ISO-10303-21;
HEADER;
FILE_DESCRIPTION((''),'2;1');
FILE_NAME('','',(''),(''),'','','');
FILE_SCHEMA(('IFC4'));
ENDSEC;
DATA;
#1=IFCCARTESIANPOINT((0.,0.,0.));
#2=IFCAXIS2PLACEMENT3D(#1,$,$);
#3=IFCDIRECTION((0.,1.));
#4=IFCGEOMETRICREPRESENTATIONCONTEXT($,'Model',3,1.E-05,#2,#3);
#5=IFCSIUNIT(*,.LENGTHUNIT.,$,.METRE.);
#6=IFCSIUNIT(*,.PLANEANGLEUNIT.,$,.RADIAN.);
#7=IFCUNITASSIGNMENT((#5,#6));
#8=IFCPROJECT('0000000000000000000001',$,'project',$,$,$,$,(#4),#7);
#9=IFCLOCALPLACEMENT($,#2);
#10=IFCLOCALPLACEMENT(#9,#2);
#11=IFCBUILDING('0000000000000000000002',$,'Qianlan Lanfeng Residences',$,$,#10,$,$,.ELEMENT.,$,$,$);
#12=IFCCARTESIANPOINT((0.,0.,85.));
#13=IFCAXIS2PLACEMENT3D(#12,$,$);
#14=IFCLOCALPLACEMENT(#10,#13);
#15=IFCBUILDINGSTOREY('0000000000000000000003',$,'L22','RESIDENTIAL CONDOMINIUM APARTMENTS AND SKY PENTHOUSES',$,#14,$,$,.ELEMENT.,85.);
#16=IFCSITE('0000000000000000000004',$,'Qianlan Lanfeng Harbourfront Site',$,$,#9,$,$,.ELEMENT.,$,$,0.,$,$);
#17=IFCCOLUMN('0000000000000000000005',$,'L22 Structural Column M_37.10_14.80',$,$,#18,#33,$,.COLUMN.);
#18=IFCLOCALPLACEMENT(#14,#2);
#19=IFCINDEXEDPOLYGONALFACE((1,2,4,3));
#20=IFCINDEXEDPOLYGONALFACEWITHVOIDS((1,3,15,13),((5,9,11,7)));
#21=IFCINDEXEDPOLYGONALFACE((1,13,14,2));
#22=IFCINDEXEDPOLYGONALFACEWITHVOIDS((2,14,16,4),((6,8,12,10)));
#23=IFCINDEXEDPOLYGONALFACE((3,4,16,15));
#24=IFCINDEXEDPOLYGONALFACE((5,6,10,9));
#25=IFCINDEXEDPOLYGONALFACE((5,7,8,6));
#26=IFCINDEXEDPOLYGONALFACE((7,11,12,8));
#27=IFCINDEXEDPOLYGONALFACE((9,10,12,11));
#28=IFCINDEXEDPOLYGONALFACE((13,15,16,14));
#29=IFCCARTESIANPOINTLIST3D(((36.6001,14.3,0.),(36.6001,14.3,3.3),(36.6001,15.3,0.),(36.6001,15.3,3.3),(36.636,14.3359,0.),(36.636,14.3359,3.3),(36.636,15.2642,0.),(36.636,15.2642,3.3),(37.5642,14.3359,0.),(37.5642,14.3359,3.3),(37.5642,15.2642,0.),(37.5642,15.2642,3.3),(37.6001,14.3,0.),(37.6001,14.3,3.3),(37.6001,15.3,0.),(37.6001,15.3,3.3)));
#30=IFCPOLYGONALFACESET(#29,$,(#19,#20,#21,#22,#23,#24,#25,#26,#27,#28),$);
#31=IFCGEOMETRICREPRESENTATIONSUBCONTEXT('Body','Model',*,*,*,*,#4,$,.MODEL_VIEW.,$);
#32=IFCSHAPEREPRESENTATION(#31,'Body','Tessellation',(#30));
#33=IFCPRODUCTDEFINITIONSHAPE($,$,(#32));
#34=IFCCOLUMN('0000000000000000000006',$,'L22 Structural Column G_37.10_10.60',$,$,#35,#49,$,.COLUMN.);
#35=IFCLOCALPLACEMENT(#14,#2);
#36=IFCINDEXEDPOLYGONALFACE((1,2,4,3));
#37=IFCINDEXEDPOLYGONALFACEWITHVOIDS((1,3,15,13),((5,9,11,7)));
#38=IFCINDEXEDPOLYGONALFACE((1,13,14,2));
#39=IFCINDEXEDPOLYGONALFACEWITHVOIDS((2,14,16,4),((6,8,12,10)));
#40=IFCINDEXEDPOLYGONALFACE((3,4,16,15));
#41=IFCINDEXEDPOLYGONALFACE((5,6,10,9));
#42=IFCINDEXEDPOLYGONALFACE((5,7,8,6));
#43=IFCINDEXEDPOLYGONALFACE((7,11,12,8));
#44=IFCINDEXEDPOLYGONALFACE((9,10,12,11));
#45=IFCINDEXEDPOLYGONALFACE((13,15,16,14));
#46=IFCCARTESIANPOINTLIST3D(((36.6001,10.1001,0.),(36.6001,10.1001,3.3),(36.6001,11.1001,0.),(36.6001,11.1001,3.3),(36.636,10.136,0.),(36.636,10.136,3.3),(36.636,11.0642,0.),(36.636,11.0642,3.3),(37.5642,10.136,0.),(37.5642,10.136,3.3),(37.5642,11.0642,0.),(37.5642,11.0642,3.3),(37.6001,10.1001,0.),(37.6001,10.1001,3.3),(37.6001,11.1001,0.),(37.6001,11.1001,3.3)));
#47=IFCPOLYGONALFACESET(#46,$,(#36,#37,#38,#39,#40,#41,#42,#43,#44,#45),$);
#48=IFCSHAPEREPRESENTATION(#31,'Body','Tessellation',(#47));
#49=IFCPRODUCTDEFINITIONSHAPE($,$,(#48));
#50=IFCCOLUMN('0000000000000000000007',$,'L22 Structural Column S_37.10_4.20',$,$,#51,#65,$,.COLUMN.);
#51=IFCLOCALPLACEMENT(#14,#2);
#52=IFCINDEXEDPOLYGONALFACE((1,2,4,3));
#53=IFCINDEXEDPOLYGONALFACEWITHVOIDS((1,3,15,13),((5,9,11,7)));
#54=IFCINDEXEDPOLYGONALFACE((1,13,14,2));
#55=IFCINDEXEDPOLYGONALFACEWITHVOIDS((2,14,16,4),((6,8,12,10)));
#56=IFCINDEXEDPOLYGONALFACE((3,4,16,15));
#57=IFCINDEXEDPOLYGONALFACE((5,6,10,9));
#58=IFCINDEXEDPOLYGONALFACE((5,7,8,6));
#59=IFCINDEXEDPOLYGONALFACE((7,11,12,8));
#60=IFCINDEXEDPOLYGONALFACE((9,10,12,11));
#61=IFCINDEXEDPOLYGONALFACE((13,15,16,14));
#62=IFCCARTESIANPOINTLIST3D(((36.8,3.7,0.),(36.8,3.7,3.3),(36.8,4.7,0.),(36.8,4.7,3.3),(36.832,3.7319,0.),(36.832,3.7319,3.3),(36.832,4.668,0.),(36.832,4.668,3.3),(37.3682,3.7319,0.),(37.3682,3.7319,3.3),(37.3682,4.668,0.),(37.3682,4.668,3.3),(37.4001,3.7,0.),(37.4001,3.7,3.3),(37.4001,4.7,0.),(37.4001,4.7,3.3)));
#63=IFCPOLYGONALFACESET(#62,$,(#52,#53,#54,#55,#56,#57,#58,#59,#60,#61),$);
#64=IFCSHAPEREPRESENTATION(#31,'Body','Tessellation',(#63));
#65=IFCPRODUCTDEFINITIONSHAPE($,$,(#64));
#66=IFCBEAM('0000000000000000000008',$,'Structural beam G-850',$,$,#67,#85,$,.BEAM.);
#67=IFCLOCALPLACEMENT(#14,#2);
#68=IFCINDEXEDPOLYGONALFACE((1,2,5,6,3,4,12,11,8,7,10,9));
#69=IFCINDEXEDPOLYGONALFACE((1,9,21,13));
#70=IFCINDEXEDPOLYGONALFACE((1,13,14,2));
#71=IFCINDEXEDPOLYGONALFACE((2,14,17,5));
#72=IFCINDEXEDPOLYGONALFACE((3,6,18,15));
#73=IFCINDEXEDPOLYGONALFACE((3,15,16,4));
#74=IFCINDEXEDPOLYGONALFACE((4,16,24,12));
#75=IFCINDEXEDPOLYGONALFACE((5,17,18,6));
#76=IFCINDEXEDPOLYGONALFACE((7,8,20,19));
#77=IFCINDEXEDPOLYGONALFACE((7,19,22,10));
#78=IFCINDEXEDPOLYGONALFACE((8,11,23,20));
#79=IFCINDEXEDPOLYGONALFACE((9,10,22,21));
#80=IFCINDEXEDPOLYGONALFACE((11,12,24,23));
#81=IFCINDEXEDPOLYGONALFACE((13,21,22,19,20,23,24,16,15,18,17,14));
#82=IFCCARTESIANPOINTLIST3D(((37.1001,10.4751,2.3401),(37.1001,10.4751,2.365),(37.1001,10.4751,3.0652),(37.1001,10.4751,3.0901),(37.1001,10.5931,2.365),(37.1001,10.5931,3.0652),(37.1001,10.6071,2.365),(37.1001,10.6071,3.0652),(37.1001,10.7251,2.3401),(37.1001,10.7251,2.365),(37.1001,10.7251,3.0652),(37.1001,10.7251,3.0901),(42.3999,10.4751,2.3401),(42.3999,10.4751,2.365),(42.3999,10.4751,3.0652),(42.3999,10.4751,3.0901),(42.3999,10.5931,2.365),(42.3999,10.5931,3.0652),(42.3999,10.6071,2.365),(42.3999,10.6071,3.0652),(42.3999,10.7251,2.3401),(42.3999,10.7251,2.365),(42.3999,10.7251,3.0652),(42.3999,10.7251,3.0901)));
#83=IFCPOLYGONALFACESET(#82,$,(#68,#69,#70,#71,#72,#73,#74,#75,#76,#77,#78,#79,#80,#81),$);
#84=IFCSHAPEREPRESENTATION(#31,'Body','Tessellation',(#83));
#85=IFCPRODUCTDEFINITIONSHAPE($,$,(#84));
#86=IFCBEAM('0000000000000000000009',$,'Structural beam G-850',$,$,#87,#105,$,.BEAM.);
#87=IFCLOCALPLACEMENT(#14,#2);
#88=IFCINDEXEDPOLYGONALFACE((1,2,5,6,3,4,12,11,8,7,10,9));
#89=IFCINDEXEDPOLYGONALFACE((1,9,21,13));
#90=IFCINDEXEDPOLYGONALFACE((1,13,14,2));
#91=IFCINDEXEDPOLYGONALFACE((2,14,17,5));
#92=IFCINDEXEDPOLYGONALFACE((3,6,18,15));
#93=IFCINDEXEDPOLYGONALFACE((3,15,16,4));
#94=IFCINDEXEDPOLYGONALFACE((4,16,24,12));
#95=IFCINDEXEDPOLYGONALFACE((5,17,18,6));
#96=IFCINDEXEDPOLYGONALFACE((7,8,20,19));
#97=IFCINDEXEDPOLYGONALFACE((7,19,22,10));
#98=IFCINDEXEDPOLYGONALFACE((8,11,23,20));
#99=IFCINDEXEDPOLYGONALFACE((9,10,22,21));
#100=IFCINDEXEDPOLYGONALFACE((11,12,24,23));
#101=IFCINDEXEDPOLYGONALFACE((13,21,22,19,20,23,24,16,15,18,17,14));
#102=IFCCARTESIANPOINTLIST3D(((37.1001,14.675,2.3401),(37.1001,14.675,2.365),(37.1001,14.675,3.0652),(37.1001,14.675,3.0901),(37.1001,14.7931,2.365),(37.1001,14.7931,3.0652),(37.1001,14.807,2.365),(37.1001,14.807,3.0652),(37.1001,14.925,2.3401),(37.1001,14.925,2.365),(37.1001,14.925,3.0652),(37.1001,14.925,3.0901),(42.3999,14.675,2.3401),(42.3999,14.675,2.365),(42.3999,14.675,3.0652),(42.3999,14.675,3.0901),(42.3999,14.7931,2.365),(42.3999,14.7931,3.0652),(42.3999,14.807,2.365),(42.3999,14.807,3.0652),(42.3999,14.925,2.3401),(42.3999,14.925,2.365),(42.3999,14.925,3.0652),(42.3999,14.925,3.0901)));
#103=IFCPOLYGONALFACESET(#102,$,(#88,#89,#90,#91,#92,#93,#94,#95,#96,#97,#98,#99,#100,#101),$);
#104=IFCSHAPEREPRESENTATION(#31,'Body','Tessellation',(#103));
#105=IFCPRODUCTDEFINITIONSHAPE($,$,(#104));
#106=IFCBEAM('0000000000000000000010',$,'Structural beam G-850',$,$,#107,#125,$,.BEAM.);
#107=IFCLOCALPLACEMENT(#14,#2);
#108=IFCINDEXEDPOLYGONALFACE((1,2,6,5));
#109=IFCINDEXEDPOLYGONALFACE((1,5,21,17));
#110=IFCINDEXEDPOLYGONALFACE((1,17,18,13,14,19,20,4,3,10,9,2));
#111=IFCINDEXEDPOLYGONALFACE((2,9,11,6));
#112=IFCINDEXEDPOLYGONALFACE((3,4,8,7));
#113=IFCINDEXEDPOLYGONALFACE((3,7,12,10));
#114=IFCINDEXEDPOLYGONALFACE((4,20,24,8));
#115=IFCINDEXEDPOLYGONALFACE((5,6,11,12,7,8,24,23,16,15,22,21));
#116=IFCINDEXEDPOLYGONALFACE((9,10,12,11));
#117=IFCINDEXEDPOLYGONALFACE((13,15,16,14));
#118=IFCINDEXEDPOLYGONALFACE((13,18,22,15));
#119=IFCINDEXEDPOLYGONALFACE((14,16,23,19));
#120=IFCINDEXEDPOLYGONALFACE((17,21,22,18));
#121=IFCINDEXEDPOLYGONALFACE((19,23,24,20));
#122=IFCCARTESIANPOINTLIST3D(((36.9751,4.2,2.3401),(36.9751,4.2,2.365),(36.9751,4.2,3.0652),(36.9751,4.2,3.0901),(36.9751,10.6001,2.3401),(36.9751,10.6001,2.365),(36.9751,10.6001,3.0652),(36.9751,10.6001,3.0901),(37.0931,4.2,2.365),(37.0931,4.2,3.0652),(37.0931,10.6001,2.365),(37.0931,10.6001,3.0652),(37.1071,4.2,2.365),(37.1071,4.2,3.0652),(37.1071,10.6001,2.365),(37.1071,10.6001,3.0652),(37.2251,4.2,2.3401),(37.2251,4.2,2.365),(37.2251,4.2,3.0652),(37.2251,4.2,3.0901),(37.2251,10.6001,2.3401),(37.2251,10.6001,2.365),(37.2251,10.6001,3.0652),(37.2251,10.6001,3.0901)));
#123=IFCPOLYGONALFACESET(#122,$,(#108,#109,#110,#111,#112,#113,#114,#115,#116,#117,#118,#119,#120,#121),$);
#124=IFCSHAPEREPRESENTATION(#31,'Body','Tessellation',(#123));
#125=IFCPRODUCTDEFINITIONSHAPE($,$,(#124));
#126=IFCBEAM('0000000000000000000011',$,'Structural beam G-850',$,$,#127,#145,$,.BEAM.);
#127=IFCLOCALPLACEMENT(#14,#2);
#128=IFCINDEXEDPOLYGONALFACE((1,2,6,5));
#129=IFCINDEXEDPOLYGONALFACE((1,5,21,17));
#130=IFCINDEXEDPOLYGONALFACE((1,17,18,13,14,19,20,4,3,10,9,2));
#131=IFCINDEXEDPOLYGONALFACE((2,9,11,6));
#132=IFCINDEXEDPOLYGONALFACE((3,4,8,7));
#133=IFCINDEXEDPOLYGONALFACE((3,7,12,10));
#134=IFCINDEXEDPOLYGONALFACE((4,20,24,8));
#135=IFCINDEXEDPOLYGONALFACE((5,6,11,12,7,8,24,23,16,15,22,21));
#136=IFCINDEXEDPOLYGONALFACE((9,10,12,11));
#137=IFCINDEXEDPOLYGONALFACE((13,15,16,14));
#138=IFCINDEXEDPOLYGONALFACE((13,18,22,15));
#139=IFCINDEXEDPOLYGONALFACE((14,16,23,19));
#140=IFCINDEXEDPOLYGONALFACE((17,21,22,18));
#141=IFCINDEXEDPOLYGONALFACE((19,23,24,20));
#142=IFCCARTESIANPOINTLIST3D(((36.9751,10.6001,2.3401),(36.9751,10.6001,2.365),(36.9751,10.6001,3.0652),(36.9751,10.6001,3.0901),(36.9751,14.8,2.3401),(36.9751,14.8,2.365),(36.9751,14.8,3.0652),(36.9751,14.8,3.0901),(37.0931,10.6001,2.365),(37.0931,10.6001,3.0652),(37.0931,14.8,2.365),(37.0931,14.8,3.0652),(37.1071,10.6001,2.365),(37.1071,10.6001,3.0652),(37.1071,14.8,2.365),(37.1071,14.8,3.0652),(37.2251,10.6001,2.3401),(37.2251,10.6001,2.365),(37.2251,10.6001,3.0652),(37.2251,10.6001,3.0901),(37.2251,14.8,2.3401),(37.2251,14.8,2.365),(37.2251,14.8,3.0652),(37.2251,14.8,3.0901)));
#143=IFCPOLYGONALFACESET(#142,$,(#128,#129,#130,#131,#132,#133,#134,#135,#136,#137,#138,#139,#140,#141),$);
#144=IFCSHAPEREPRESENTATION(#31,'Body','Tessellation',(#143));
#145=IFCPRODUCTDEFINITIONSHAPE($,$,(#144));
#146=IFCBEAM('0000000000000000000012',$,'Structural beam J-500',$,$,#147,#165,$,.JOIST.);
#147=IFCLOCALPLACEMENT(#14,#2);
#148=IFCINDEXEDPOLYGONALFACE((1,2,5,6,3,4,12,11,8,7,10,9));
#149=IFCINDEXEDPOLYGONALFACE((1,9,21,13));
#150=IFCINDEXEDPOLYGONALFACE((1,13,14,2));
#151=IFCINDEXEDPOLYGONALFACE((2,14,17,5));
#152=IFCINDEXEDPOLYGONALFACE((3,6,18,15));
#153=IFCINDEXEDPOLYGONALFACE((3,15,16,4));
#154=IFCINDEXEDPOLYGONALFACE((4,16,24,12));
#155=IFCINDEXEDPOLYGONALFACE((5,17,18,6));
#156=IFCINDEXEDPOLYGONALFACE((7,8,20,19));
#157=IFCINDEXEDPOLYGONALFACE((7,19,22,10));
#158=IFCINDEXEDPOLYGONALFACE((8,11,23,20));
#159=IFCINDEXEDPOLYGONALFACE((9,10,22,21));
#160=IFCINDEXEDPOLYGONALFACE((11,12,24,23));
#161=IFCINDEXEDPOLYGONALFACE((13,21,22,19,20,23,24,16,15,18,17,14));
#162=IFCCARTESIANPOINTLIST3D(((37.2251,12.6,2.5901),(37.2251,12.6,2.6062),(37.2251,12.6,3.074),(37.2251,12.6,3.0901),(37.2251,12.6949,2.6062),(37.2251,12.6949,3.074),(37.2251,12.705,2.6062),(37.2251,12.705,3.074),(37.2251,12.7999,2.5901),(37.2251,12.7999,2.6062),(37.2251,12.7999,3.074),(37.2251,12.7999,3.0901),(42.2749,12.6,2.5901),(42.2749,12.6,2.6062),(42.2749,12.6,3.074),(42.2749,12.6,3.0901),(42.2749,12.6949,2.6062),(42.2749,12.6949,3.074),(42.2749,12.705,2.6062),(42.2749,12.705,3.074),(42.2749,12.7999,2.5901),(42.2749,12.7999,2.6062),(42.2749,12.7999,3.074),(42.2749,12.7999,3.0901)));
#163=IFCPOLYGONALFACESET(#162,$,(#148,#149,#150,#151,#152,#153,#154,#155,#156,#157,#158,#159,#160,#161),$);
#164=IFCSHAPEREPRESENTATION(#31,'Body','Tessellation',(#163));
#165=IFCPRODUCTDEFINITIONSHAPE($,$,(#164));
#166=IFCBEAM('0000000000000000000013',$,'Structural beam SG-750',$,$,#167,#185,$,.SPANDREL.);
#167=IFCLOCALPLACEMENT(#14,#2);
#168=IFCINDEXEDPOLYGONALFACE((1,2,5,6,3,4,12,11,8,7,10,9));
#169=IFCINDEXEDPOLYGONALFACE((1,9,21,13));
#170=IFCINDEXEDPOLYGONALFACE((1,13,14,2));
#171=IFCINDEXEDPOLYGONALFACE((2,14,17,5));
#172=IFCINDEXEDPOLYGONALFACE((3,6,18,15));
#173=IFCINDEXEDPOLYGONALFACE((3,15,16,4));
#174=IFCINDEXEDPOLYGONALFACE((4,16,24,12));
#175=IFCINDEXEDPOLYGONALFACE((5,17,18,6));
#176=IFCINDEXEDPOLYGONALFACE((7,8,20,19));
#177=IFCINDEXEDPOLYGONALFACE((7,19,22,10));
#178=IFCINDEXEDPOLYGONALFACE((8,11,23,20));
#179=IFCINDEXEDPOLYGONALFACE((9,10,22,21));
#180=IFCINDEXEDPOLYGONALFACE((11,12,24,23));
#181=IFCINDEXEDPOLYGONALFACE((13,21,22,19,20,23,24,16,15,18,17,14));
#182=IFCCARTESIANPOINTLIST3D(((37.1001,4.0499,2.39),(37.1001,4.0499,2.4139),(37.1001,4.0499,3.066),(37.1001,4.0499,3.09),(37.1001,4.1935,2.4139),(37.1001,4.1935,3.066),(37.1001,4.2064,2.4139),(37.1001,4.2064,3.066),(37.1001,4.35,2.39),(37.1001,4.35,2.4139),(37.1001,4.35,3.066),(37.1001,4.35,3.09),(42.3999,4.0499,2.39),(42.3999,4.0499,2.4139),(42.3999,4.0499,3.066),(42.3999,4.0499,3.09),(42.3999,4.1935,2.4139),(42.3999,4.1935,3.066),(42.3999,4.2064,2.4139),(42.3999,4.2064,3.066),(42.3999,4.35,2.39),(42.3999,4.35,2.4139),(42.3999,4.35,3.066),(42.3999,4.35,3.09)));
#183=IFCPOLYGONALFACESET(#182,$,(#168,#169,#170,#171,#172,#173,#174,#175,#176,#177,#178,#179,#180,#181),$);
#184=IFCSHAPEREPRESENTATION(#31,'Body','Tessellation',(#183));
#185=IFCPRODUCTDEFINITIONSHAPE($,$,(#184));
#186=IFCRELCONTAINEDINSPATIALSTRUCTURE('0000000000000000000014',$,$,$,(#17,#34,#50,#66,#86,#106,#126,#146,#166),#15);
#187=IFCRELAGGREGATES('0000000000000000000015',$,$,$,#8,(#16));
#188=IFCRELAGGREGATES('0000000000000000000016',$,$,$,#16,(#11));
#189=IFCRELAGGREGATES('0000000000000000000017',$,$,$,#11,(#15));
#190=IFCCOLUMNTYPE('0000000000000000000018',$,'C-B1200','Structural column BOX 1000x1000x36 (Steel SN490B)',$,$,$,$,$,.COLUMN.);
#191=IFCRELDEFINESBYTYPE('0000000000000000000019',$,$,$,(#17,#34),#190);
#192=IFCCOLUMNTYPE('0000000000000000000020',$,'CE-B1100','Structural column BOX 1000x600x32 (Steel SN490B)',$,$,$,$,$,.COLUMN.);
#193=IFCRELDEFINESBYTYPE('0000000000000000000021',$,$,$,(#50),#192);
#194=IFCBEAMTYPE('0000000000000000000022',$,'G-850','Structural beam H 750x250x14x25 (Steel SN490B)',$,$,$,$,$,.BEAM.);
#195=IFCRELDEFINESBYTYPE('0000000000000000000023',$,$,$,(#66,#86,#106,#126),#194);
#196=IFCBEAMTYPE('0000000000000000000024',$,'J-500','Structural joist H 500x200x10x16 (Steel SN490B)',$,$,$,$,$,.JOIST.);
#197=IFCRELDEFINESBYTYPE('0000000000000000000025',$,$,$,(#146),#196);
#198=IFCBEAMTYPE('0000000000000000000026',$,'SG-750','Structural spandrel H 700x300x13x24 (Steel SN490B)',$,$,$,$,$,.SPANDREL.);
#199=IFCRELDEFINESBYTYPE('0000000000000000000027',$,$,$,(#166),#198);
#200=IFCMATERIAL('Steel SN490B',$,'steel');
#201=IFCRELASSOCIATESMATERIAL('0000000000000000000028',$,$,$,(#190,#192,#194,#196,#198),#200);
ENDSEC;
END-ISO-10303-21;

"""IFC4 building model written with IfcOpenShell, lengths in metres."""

from ifc_helpers import new_model, si_unit, direction, frame, origin, origin_2d, place, context, subcontext, project, spatial, hollow_rectangle, i_section, extrude, material, material_profile, profile_set, type_object, element, save


model = new_model("IFC4")

# Units and contexts
model_context = context("Model", 3, precision=1e-05, world=origin(), true_north=direction((0.0, 1.0)))
body_context = subcontext(model_context, "Body", "Model", "MODEL_VIEW")
ifc_project = project(units=[si_unit("LENGTHUNIT", "METRE"), si_unit("PLANEANGLEUNIT", "RADIAN")], contexts=[model_context])

# Site, building, storey
site_placement = place(None, origin())
site = spatial("IfcSite", under=ifc_project, at=site_placement, Name="Qianlan Lanfeng Harbourfront Site", CompositionType="ELEMENT", RefElevation=0.0)
building_placement = place(site_placement, origin())
building = spatial("IfcBuilding", under=site, at=building_placement, Name="Qianlan Lanfeng Residences", CompositionType="ELEMENT")
storey_placement = place(building_placement, frame((0.0, 0.0, 85.0)))
storey = spatial("IfcBuildingStorey", under=building, at=storey_placement, Name="L22", Description="RESIDENTIAL CONDOMINIUM APARTMENTS AND SKY PENTHOUSES", CompositionType="ELEMENT", Elevation=85.0)

# Columns
ifc_material_1 = material(Name="Steel SN490B", Category="steel")
ifc_material_profile_1 = material_profile(ifc_material_1, hollow_rectangle(XDim=1.0, YDim=1.0, WallThickness=0.0359, at=origin_2d()), Name="BOX 1000x1000x36")
ifc_profile_set_1 = profile_set([ifc_material_profile_1], Name="Steel SN490B")
column_type_1 = type_object("IfcColumnType", Name="C-B1200", Description="Structural column BOX 1000x1000x36 (Steel SN490B)", PredefinedType="COLUMN", material=ifc_profile_set_1)
for number, where, z_axis, x_axis, name in (
    (1, (37.1001, 14.8, 0.0), (0.0, 0.0, 1.0), (1.0, 0.0, 0.0), "L22 Structural Column M_37.10_14.80"),
    (2, (37.1001, 10.6001, 0.0), (0.0, 0.0, 1.0), (1.0, 0.0, 0.0), "L22 Structural Column G_37.10_10.60"),
):
    element("IfcColumn", number, at=place(storey_placement, frame(where, z_axis=z_axis, x_axis=x_axis)), inside=storey, type_object=column_type_1, Name=name, PredefinedType="COLUMN", context=body_context, shape_type="SweptSolid", body=[
        extrude(hollow_rectangle(XDim=1.0, YDim=1.0, WallThickness=0.0359, at=origin_2d()), origin(), (0.0, 0.0, 1.0), 3.3),
    ])
ifc_material_profile_2 = material_profile(ifc_material_1, hollow_rectangle(XDim=0.6001, YDim=1.0, WallThickness=0.032, at=origin_2d()), Name="BOX 1000x600x32")
ifc_profile_set_2 = profile_set([ifc_material_profile_2], Name="Steel SN490B")
column_type_2 = type_object("IfcColumnType", Name="CE-B1100", Description="Structural column BOX 1000x600x32 (Steel SN490B)", PredefinedType="COLUMN", material=ifc_profile_set_2)
column_placement = place(storey_placement, frame((37.1001, 4.2, 0.0), z_axis=(0.0, 0.0, 1.0), x_axis=(1.0, 0.0, 0.0)))
element("IfcColumn", 3, at=column_placement, inside=storey, type_object=column_type_2, Name="L22 Structural Column S_37.10_4.20", PredefinedType="COLUMN", context=body_context, shape_type="SweptSolid", body=[
    extrude(hollow_rectangle(XDim=0.6001, YDim=1.0, WallThickness=0.032, at=origin_2d()), origin(), (0.0, 0.0, 1.0), 3.3),
])

# Beams
ifc_material_profile_3 = material_profile(ifc_material_1, i_section(OverallWidth=0.25, OverallDepth=0.75, WebThickness=0.0139, FlangeThickness=0.0249, at=origin_2d()), Name="H 750x250x14x25")
ifc_profile_set_3 = profile_set([ifc_material_profile_3], Name="Steel SN490B")
beam_type_1 = type_object("IfcBeamType", Name="G-850", Description="Structural beam H 750x250x14x25 (Steel SN490B)", PredefinedType="BEAM", material=ifc_profile_set_3)
for number, where, z_axis, x_axis, name in (
    (4, (37.1001, 10.6001, 2.7151), (1.0, 0.0, 0.0), (0.0, 1.0, 0.0), "Structural beam G-850"),
    (5, (37.1001, 14.8, 2.7151), (1.0, 0.0, 0.0), (0.0, 1.0, 0.0), "Structural beam G-850"),
):
    element("IfcBeam", number, at=place(storey_placement, frame(where, z_axis=z_axis, x_axis=x_axis)), inside=storey, type_object=beam_type_1, Name=name, PredefinedType="BEAM", context=body_context, shape_type="SweptSolid", body=[
        extrude(i_section(OverallWidth=0.25, OverallDepth=0.75, WebThickness=0.0139, FlangeThickness=0.0249, at=origin_2d()), origin(), (0.0, 0.0, 1.0), 5.2998),
    ])
beam_1_placement = place(storey_placement, frame((37.1001, 4.2, 2.7151), z_axis=(0.0, 1.0, 0.0), x_axis=(-1.0, 0.0, 0.0)))
element("IfcBeam", 6, at=beam_1_placement, inside=storey, type_object=beam_type_1, Name="Structural beam G-850", PredefinedType="BEAM", context=body_context, shape_type="SweptSolid", body=[
    extrude(i_section(OverallWidth=0.25, OverallDepth=0.75, WebThickness=0.0139, FlangeThickness=0.0249, at=origin_2d()), origin(), (0.0, 0.0, 1.0), 6.4001),
])
beam_2_placement = place(storey_placement, frame((37.1001, 10.6001, 2.7151), z_axis=(0.0, 1.0, 0.0), x_axis=(-1.0, 0.0, 0.0)))
element("IfcBeam", 7, at=beam_2_placement, inside=storey, type_object=beam_type_1, Name="Structural beam G-850", PredefinedType="BEAM", context=body_context, shape_type="SweptSolid", body=[
    extrude(i_section(OverallWidth=0.25, OverallDepth=0.75, WebThickness=0.0139, FlangeThickness=0.0249, at=origin_2d()), origin(), (0.0, 0.0, 1.0), 4.2),
])
ifc_material_profile_4 = material_profile(ifc_material_1, i_section(OverallWidth=0.2, OverallDepth=0.5, WebThickness=0.01, FlangeThickness=0.0161, at=origin_2d()), Name="H 500x200x10x16")
ifc_profile_set_4 = profile_set([ifc_material_profile_4], Name="Steel SN490B")
beam_type_2 = type_object("IfcBeamType", Name="J-500", Description="Structural joist H 500x200x10x16 (Steel SN490B)", PredefinedType="JOIST", material=ifc_profile_set_4)
beam_3_placement = place(storey_placement, frame((37.2251, 12.7, 2.8401), z_axis=(1.0, 0.0, 0.0), x_axis=(0.0, 1.0, 0.0)))
element("IfcBeam", 8, at=beam_3_placement, inside=storey, type_object=beam_type_2, Name="Structural beam J-500", PredefinedType="JOIST", context=body_context, shape_type="SweptSolid", body=[
    extrude(i_section(OverallWidth=0.2, OverallDepth=0.5, WebThickness=0.01, FlangeThickness=0.0161, at=origin_2d()), origin(), (0.0, 0.0, 1.0), 5.0498),
])
ifc_material_profile_5 = material_profile(ifc_material_1, i_section(OverallWidth=0.3, OverallDepth=0.7, WebThickness=0.0129, FlangeThickness=0.0239, at=origin_2d()), Name="H 700x300x13x24")
ifc_profile_set_5 = profile_set([ifc_material_profile_5], Name="Steel SN490B")
beam_type_3 = type_object("IfcBeamType", Name="SG-750", Description="Structural spandrel H 700x300x13x24 (Steel SN490B)", PredefinedType="SPANDREL", material=ifc_profile_set_5)
beam_4_placement = place(storey_placement, frame((37.1001, 4.2, 2.74), z_axis=(1.0, 0.0, 0.0), x_axis=(0.0, 1.0, 0.0)))
element("IfcBeam", 9, at=beam_4_placement, inside=storey, type_object=beam_type_3, Name="Structural beam SG-750", PredefinedType="SPANDREL", context=body_context, shape_type="SweptSolid", body=[
    extrude(i_section(OverallWidth=0.3, OverallDepth=0.7, WebThickness=0.0129, FlangeThickness=0.0239, at=origin_2d()), origin(), (0.0, 0.0, 1.0), 5.2998),
])

save(model, "model.ifc")
